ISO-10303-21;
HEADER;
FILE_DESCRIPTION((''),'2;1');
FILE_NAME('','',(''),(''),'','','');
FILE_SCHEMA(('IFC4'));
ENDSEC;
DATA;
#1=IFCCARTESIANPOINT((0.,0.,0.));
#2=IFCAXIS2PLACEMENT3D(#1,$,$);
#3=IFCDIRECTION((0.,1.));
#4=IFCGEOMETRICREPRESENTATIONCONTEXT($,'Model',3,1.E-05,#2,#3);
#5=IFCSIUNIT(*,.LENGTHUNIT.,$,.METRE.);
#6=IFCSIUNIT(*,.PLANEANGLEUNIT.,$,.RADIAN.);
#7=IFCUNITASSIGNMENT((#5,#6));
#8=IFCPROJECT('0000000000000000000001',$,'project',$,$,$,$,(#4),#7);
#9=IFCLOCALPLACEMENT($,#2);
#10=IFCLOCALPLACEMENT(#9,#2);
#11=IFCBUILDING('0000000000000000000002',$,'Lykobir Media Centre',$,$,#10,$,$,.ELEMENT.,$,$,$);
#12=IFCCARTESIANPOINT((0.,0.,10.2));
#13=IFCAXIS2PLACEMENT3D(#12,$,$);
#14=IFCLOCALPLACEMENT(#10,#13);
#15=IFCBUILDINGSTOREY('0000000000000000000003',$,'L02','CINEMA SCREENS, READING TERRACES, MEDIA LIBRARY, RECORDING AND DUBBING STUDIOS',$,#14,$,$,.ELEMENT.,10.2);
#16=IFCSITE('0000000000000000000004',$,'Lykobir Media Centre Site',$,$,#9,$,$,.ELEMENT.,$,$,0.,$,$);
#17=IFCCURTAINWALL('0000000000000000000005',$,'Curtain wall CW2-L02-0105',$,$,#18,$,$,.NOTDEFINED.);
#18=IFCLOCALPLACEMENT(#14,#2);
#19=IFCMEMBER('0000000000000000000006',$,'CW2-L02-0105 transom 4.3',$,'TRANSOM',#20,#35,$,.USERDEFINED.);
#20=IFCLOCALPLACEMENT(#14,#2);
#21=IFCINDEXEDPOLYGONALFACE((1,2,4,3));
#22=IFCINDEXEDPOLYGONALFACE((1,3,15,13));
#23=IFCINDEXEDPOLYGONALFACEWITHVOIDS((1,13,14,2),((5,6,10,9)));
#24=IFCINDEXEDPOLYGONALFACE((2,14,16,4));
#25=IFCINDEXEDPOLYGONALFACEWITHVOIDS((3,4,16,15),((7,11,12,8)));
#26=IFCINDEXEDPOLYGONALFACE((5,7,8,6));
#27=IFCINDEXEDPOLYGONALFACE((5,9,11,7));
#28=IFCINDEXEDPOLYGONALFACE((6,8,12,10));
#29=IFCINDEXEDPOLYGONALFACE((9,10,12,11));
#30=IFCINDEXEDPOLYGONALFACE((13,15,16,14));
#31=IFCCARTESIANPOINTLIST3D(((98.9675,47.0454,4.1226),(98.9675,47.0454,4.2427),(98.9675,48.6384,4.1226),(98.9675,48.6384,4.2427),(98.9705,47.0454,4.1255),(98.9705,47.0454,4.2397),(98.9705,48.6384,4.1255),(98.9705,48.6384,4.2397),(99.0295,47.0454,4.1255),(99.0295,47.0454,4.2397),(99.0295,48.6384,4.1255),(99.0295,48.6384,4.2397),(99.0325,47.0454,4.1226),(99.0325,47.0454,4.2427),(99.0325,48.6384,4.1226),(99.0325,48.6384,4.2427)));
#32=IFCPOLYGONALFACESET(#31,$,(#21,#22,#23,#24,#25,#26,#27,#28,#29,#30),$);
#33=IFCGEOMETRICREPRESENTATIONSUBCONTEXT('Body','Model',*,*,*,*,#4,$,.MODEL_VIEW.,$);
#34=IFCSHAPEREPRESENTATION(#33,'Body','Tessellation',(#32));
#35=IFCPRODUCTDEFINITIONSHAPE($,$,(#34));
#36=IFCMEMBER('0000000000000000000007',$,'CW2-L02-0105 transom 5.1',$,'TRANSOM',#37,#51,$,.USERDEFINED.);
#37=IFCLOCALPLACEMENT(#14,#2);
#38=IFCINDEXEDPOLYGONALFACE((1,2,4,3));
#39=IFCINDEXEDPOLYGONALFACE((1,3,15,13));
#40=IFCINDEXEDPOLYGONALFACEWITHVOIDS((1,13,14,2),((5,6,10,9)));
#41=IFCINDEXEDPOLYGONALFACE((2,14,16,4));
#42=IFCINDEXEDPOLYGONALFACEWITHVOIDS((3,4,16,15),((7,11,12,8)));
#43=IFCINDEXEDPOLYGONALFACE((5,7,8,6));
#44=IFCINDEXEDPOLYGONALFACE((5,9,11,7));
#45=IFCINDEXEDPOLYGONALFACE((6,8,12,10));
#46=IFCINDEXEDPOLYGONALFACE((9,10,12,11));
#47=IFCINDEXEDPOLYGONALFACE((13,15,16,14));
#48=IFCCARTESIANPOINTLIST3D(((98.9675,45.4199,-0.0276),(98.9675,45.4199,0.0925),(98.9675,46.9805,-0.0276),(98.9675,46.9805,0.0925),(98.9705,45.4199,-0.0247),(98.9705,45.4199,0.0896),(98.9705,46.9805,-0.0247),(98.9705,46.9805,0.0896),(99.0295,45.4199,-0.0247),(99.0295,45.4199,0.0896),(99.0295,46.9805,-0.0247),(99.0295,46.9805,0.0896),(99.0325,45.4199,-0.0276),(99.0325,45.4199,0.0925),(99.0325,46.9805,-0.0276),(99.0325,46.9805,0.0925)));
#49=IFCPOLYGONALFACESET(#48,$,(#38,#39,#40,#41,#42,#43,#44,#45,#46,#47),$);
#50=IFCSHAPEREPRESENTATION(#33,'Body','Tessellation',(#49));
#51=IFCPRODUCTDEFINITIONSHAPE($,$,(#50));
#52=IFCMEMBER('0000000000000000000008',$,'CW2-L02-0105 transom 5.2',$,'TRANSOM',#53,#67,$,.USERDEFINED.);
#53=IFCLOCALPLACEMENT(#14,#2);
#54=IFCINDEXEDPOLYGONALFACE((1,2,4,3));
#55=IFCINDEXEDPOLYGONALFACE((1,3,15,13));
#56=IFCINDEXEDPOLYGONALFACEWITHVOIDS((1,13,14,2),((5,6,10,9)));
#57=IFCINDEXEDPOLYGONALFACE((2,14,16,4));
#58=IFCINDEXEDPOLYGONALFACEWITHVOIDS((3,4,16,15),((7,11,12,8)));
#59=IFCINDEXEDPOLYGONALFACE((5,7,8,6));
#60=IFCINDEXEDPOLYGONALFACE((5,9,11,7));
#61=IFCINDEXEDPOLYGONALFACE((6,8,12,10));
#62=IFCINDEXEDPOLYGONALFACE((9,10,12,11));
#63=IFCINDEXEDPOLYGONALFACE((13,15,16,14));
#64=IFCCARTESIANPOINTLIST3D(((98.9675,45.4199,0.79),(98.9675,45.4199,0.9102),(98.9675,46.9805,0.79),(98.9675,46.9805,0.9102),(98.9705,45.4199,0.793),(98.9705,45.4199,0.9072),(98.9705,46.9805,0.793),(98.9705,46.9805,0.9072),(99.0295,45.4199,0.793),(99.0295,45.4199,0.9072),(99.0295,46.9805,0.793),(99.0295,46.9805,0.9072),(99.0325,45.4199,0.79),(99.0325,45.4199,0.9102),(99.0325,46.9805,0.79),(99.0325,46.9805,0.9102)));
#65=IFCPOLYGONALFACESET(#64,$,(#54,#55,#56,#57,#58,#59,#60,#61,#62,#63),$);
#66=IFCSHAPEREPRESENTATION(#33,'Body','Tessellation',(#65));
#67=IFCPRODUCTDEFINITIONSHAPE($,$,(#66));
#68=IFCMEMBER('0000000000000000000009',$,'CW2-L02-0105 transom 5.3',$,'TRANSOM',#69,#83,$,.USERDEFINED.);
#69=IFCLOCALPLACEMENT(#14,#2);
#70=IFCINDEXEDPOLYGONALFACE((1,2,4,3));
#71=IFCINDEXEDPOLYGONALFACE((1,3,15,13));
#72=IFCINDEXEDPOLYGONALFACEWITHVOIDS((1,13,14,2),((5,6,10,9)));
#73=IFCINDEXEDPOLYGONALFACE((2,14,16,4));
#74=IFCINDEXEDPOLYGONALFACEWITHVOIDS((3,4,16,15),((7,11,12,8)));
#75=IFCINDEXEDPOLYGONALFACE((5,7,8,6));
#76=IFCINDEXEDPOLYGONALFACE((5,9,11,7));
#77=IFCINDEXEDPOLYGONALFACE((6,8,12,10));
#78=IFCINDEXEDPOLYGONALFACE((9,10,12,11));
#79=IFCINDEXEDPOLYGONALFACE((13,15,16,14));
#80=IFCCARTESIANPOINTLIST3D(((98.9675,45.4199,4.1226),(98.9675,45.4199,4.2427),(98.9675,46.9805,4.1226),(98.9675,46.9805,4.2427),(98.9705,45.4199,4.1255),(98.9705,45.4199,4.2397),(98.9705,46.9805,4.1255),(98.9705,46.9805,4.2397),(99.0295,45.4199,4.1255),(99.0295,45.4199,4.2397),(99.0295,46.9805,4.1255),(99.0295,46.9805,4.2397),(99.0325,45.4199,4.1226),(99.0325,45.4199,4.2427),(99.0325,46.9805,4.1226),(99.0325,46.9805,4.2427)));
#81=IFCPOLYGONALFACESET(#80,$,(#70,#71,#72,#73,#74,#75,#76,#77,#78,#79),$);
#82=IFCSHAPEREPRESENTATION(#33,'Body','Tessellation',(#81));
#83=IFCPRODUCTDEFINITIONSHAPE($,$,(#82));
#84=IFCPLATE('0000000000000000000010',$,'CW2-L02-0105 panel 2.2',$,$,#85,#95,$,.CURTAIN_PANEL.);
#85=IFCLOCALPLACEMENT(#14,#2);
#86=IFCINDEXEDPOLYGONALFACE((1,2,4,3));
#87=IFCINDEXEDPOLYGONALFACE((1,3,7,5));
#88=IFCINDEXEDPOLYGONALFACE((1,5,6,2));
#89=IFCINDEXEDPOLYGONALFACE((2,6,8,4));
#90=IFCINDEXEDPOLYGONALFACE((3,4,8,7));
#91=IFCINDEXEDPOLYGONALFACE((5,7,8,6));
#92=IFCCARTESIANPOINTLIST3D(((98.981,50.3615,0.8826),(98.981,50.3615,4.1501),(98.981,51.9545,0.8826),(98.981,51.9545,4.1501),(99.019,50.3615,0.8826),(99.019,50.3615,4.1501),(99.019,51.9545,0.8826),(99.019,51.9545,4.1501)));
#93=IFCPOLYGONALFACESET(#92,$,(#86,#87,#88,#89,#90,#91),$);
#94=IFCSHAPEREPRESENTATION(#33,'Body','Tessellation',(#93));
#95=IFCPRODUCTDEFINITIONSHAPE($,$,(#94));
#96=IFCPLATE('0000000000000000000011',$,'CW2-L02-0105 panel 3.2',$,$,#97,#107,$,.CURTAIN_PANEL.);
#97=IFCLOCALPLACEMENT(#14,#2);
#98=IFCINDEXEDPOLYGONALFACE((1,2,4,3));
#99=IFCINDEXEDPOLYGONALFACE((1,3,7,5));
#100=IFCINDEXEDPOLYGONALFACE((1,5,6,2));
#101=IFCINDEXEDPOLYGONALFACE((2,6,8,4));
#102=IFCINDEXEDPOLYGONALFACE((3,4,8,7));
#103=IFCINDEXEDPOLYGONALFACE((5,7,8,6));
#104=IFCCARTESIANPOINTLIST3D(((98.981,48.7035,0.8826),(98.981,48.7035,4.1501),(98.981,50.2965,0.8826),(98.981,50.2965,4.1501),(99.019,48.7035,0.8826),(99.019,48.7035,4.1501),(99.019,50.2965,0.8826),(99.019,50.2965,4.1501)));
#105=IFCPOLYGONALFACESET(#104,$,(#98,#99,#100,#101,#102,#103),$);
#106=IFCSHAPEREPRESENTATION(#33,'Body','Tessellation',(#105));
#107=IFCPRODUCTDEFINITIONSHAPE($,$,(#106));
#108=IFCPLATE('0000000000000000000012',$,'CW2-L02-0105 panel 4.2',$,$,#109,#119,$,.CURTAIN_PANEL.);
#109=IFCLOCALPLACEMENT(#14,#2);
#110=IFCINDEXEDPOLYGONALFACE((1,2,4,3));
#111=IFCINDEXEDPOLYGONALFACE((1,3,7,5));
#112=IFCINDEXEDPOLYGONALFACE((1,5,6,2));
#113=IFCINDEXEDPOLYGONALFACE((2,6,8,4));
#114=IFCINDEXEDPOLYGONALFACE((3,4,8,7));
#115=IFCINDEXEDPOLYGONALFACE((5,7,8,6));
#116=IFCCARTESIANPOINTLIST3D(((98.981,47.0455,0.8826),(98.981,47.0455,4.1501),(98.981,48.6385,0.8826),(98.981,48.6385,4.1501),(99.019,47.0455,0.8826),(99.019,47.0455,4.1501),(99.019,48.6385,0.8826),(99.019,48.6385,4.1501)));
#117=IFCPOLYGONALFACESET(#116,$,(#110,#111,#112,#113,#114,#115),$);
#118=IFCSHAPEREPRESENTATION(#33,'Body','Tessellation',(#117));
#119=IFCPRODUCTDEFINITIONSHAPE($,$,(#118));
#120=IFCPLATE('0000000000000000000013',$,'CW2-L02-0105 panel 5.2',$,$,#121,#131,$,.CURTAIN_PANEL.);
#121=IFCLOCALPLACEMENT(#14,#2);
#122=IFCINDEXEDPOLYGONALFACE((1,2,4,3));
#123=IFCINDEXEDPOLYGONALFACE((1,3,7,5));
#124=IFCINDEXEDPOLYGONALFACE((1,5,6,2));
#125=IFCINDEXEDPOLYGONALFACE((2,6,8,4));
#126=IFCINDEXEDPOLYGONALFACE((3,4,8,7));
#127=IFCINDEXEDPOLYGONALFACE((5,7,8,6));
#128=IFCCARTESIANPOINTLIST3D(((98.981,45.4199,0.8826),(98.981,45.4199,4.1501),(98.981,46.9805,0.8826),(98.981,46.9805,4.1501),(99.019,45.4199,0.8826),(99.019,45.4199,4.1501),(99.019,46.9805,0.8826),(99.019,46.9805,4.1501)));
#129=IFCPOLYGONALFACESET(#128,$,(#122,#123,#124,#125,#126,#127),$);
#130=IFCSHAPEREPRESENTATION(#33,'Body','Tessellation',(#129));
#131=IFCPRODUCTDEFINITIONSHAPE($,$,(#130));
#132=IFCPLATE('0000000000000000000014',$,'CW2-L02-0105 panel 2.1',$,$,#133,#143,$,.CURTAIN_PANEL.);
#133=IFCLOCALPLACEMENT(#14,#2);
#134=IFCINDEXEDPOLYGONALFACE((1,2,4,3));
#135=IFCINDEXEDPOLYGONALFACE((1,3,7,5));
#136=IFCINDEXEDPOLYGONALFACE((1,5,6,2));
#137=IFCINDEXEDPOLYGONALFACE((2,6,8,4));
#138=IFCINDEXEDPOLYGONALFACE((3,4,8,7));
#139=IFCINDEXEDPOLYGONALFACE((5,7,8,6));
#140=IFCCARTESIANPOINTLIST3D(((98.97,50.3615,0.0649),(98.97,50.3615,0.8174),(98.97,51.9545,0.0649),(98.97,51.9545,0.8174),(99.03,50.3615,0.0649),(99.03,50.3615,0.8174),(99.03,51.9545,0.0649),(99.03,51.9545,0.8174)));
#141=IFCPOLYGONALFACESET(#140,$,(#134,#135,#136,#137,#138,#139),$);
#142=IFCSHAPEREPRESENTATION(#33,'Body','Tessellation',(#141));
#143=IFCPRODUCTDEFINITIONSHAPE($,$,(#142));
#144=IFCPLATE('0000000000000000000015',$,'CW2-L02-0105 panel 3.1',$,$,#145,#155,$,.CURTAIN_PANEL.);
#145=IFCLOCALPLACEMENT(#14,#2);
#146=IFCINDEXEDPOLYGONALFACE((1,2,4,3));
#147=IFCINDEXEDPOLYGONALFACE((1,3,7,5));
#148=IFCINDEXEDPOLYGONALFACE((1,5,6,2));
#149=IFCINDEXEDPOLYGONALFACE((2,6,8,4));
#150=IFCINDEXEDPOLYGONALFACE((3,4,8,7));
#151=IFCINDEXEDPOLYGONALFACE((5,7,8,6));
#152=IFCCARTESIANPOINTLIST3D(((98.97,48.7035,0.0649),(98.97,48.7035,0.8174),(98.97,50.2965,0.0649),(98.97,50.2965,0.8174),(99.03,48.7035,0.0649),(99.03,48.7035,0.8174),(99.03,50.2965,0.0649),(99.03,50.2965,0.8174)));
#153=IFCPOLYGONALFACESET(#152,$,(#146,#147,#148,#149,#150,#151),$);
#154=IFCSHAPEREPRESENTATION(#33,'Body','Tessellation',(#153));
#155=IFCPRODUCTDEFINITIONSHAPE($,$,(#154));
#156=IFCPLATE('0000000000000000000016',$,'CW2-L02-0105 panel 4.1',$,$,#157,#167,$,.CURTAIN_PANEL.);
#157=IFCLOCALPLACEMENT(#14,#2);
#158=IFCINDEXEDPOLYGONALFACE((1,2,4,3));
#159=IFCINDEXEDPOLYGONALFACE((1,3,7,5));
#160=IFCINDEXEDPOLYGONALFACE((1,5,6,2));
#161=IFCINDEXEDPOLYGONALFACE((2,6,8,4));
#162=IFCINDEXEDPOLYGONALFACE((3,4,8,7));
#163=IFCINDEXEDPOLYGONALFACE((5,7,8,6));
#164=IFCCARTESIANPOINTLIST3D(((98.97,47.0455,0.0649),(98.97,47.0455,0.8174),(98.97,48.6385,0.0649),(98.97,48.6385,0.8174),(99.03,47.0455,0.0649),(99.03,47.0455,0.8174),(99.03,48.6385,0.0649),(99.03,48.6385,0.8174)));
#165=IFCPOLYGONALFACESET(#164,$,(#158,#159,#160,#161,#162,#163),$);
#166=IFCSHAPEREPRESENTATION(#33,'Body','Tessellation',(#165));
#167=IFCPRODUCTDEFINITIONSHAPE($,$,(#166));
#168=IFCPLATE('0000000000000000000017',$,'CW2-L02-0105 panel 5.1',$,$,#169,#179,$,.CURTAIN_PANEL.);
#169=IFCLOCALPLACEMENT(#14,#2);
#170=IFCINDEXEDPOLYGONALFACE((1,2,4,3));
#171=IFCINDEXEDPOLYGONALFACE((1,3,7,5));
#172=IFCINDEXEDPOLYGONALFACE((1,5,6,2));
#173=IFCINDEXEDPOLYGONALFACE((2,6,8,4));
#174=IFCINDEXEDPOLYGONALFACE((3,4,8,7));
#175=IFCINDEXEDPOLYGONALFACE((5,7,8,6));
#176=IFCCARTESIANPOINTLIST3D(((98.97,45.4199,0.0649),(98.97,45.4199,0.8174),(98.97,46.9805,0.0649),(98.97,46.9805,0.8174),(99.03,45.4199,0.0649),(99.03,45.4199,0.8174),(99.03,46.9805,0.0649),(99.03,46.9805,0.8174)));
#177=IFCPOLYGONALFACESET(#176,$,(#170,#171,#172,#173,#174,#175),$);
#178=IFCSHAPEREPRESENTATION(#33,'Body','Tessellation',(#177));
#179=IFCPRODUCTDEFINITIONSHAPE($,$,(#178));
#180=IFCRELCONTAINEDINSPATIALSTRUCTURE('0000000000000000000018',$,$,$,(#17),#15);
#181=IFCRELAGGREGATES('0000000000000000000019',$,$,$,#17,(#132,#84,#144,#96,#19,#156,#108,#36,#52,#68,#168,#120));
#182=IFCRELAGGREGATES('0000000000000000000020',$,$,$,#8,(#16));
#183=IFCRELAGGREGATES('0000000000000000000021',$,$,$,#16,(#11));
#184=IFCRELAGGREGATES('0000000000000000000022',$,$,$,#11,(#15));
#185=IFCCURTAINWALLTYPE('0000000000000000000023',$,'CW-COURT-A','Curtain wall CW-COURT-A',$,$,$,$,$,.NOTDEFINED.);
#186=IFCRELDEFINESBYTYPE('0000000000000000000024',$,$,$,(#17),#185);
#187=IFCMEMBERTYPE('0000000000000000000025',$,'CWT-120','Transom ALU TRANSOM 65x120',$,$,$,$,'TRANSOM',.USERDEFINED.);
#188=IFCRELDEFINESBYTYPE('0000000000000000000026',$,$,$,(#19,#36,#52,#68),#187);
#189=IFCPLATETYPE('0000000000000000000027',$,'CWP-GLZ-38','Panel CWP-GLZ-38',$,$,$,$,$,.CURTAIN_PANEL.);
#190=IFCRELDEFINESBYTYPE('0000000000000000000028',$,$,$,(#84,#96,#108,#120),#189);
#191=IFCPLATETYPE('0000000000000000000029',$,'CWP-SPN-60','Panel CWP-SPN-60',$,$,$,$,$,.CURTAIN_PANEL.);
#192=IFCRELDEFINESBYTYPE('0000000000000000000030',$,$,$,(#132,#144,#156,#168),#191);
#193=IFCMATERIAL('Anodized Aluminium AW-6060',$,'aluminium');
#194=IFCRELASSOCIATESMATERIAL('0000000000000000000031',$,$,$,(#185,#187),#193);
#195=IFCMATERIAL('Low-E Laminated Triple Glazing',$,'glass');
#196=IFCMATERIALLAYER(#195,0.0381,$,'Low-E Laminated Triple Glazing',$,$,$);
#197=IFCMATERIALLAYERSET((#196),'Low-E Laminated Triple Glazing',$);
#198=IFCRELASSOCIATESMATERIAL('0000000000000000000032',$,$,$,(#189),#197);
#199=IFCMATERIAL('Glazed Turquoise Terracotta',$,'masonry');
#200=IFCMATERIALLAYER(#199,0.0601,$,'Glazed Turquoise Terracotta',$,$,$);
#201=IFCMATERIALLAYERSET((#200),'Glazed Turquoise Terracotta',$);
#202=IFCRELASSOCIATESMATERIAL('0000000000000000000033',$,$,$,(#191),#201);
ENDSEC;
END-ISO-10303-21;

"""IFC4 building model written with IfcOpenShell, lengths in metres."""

from ifc_helpers import new_model, si_unit, direction, frame, origin, origin_2d, place, context, subcontext, project, spatial, rectangle, hollow_rectangle, extrude, material, layer, layer_set, material_profile, profile_set, type_object, element, aggregate, save


model = new_model("IFC4")

# Units and contexts
model_context = context("Model", 3, precision=1e-05, world=origin(), true_north=direction((0.0, 1.0)))
body_context = subcontext(model_context, "Body", "Model", "MODEL_VIEW")
ifc_project = project(units=[si_unit("LENGTHUNIT", "METRE"), si_unit("PLANEANGLEUNIT", "RADIAN")], contexts=[model_context])

# Site, building, storey
site_placement = place(None, origin())
site = spatial("IfcSite", under=ifc_project, at=site_placement, Name="Lykobir Media Centre Site", CompositionType="ELEMENT", RefElevation=0.0)
building_placement = place(site_placement, origin())
building = spatial("IfcBuilding", under=site, at=building_placement, Name="Lykobir Media Centre", CompositionType="ELEMENT")
storey_placement = place(building_placement, frame((0.0, 0.0, 10.2)))
storey = spatial("IfcBuildingStorey", under=building, at=storey_placement, Name="L02", Description="CINEMA SCREENS, READING TERRACES, MEDIA LIBRARY, RECORDING AND DUBBING STUDIOS", CompositionType="ELEMENT", Elevation=10.2)

# Curtain wall, members, plates
ifc_material_1 = material(Name="Anodized Aluminium AW-6060", Category="aluminium")
curtain_wall_type = type_object("IfcCurtainWallType", Name="CW-COURT-A", Description="Curtain wall CW-COURT-A", PredefinedType="NOTDEFINED", material=ifc_material_1)
curtain_wall_placement = place(storey_placement, origin())
curtain_wall = element("IfcCurtainWall", 1, at=curtain_wall_placement, inside=storey, type_object=curtain_wall_type, Name="Curtain wall CW2-L02-0105", PredefinedType="NOTDEFINED")
ifc_material_profile_1 = material_profile(ifc_material_1, hollow_rectangle(XDim=0.0649, YDim=0.1201, WallThickness=0.0029, at=origin_2d()), Name="ALU TRANSOM 65x120")
ifc_profile_set_1 = profile_set([ifc_material_profile_1], Name="Anodized Aluminium AW-6060")
member_type_1 = type_object("IfcMemberType", Name="CWT-120", Description="Transom ALU TRANSOM 65x120", ElementType="TRANSOM", PredefinedType="USERDEFINED", material=ifc_profile_set_1)
member_1_placement = place(storey_placement, frame((99.0, 48.6384, 4.1826), z_axis=(0.0, -1.0, 0.0), x_axis=(1.0, 0.0, 0.0)))
member_1 = element("IfcMember", 2, at=member_1_placement, type_object=member_type_1, Name="CW2-L02-0105 transom 4.3", ObjectType="TRANSOM", PredefinedType="USERDEFINED", context=body_context, shape_type="SweptSolid", body=[
    extrude(hollow_rectangle(XDim=0.0649, YDim=0.1201, WallThickness=0.0029, at=origin_2d()), origin(), (0.0, 0.0, 1.0), 1.593),
])
member_2_placement = place(storey_placement, frame((99.0, 46.9805, 0.0325), z_axis=(0.0, -1.0, 0.0), x_axis=(1.0, 0.0, 0.0)))
member_2 = element("IfcMember", 3, at=member_2_placement, type_object=member_type_1, Name="CW2-L02-0105 transom 5.1", ObjectType="TRANSOM", PredefinedType="USERDEFINED", context=body_context, shape_type="SweptSolid", body=[
    extrude(hollow_rectangle(XDim=0.0649, YDim=0.1201, WallThickness=0.0029, at=origin_2d()), origin(), (0.0, 0.0, 1.0), 1.5605),
])
member_3_placement = place(storey_placement, frame((99.0, 46.9805, 0.8501), z_axis=(0.0, -1.0, 0.0), x_axis=(1.0, 0.0, 0.0)))
member_3 = element("IfcMember", 4, at=member_3_placement, type_object=member_type_1, Name="CW2-L02-0105 transom 5.2", ObjectType="TRANSOM", PredefinedType="USERDEFINED", context=body_context, shape_type="SweptSolid", body=[
    extrude(hollow_rectangle(XDim=0.0649, YDim=0.1201, WallThickness=0.0029, at=origin_2d()), origin(), (0.0, 0.0, 1.0), 1.5605),
])
member_4_placement = place(storey_placement, frame((99.0, 46.9805, 4.1826), z_axis=(0.0, -1.0, 0.0), x_axis=(1.0, 0.0, 0.0)))
member_4 = element("IfcMember", 5, at=member_4_placement, type_object=member_type_1, Name="CW2-L02-0105 transom 5.3", ObjectType="TRANSOM", PredefinedType="USERDEFINED", context=body_context, shape_type="SweptSolid", body=[
    extrude(hollow_rectangle(XDim=0.0649, YDim=0.1201, WallThickness=0.0029, at=origin_2d()), origin(), (0.0, 0.0, 1.0), 1.5605),
])
ifc_material_2 = material(Name="Low-E Laminated Triple Glazing", Category="glass")
ifc_layer_1 = layer(ifc_material_2, 0.0381, Name="Low-E Laminated Triple Glazing")
ifc_layer_set_1 = layer_set([ifc_layer_1], Name="Low-E Laminated Triple Glazing")
plate_type_1 = type_object("IfcPlateType", Name="CWP-GLZ-38", Description="Panel CWP-GLZ-38", PredefinedType="CURTAIN_PANEL", material=ifc_layer_set_1)
plate_1_placement = place(storey_placement, frame((99.0, 51.158, 0.8826), z_axis=(0.0, 0.0, 1.0), x_axis=(0.0, -1.0, 0.0)))
plate_1 = element("IfcPlate", 6, at=plate_1_placement, type_object=plate_type_1, Name="CW2-L02-0105 panel 2.2", PredefinedType="CURTAIN_PANEL", context=body_context, shape_type="SweptSolid", body=[
    extrude(rectangle(XDim=1.593, YDim=0.0381, at=origin_2d()), origin(), (0.0, 0.0, 1.0), 3.2676),
])
plate_2_placement = place(storey_placement, frame((99.0, 49.5, 0.8826), z_axis=(0.0, 0.0, 1.0), x_axis=(0.0, -1.0, 0.0)))
plate_2 = element("IfcPlate", 7, at=plate_2_placement, type_object=plate_type_1, Name="CW2-L02-0105 panel 3.2", PredefinedType="CURTAIN_PANEL", context=body_context, shape_type="SweptSolid", body=[
    extrude(rectangle(XDim=1.593, YDim=0.0381, at=origin_2d()), origin(), (0.0, 0.0, 1.0), 3.2676),
])
plate_3_placement = place(storey_placement, frame((99.0, 47.842, 0.8826), z_axis=(0.0, 0.0, 1.0), x_axis=(0.0, -1.0, 0.0)))
plate_3 = element("IfcPlate", 8, at=plate_3_placement, type_object=plate_type_1, Name="CW2-L02-0105 panel 4.2", PredefinedType="CURTAIN_PANEL", context=body_context, shape_type="SweptSolid", body=[
    extrude(rectangle(XDim=1.593, YDim=0.0381, at=origin_2d()), origin(), (0.0, 0.0, 1.0), 3.2676),
])
plate_4_placement = place(storey_placement, frame((99.0, 46.2002, 0.8826), z_axis=(0.0, 0.0, 1.0), x_axis=(0.0, -1.0, 0.0)))
plate_4 = element("IfcPlate", 9, at=plate_4_placement, type_object=plate_type_1, Name="CW2-L02-0105 panel 5.2", PredefinedType="CURTAIN_PANEL", context=body_context, shape_type="SweptSolid", body=[
    extrude(rectangle(XDim=1.5605, YDim=0.0381, at=origin_2d()), origin(), (0.0, 0.0, 1.0), 3.2676),
])
ifc_material_3 = material(Name="Glazed Turquoise Terracotta", Category="masonry")
ifc_layer_2 = layer(ifc_material_3, 0.0601, Name="Glazed Turquoise Terracotta")
ifc_layer_set_2 = layer_set([ifc_layer_2], Name="Glazed Turquoise Terracotta")
plate_type_2 = type_object("IfcPlateType", Name="CWP-SPN-60", Description="Panel CWP-SPN-60", PredefinedType="CURTAIN_PANEL", material=ifc_layer_set_2)
plate_5_placement = place(storey_placement, frame((99.0, 51.158, 0.0649), z_axis=(0.0, 0.0, 1.0), x_axis=(0.0, -1.0, 0.0)))
plate_5 = element("IfcPlate", 10, at=plate_5_placement, type_object=plate_type_2, Name="CW2-L02-0105 panel 2.1", PredefinedType="CURTAIN_PANEL", context=body_context, shape_type="SweptSolid", body=[
    extrude(rectangle(XDim=1.593, YDim=0.0601, at=origin_2d()), origin(), (0.0, 0.0, 1.0), 0.7524),
])
plate_6_placement = place(storey_placement, frame((99.0, 49.5, 0.0649), z_axis=(0.0, 0.0, 1.0), x_axis=(0.0, -1.0, 0.0)))
plate_6 = element("IfcPlate", 11, at=plate_6_placement, type_object=plate_type_2, Name="CW2-L02-0105 panel 3.1", PredefinedType="CURTAIN_PANEL", context=body_context, shape_type="SweptSolid", body=[
    extrude(rectangle(XDim=1.593, YDim=0.0601, at=origin_2d()), origin(), (0.0, 0.0, 1.0), 0.7524),
])
plate_7_placement = place(storey_placement, frame((99.0, 47.842, 0.0649), z_axis=(0.0, 0.0, 1.0), x_axis=(0.0, -1.0, 0.0)))
plate_7 = element("IfcPlate", 12, at=plate_7_placement, type_object=plate_type_2, Name="CW2-L02-0105 panel 4.1", PredefinedType="CURTAIN_PANEL", context=body_context, shape_type="SweptSolid", body=[
    extrude(rectangle(XDim=1.593, YDim=0.0601, at=origin_2d()), origin(), (0.0, 0.0, 1.0), 0.7524),
])
plate_8_placement = place(storey_placement, frame((99.0, 46.2002, 0.0649), z_axis=(0.0, 0.0, 1.0), x_axis=(0.0, -1.0, 0.0)))
plate_8 = element("IfcPlate", 13, at=plate_8_placement, type_object=plate_type_2, Name="CW2-L02-0105 panel 5.1", PredefinedType="CURTAIN_PANEL", context=body_context, shape_type="SweptSolid", body=[
    extrude(rectangle(XDim=1.5605, YDim=0.0601, at=origin_2d()), origin(), (0.0, 0.0, 1.0), 0.7524),
])
aggregate(curtain_wall, [plate_5, plate_1, plate_6, plate_2, member_1, plate_7, plate_3, member_2, member_3, member_4, plate_8, plate_4])

save(model, "model.ifc")
